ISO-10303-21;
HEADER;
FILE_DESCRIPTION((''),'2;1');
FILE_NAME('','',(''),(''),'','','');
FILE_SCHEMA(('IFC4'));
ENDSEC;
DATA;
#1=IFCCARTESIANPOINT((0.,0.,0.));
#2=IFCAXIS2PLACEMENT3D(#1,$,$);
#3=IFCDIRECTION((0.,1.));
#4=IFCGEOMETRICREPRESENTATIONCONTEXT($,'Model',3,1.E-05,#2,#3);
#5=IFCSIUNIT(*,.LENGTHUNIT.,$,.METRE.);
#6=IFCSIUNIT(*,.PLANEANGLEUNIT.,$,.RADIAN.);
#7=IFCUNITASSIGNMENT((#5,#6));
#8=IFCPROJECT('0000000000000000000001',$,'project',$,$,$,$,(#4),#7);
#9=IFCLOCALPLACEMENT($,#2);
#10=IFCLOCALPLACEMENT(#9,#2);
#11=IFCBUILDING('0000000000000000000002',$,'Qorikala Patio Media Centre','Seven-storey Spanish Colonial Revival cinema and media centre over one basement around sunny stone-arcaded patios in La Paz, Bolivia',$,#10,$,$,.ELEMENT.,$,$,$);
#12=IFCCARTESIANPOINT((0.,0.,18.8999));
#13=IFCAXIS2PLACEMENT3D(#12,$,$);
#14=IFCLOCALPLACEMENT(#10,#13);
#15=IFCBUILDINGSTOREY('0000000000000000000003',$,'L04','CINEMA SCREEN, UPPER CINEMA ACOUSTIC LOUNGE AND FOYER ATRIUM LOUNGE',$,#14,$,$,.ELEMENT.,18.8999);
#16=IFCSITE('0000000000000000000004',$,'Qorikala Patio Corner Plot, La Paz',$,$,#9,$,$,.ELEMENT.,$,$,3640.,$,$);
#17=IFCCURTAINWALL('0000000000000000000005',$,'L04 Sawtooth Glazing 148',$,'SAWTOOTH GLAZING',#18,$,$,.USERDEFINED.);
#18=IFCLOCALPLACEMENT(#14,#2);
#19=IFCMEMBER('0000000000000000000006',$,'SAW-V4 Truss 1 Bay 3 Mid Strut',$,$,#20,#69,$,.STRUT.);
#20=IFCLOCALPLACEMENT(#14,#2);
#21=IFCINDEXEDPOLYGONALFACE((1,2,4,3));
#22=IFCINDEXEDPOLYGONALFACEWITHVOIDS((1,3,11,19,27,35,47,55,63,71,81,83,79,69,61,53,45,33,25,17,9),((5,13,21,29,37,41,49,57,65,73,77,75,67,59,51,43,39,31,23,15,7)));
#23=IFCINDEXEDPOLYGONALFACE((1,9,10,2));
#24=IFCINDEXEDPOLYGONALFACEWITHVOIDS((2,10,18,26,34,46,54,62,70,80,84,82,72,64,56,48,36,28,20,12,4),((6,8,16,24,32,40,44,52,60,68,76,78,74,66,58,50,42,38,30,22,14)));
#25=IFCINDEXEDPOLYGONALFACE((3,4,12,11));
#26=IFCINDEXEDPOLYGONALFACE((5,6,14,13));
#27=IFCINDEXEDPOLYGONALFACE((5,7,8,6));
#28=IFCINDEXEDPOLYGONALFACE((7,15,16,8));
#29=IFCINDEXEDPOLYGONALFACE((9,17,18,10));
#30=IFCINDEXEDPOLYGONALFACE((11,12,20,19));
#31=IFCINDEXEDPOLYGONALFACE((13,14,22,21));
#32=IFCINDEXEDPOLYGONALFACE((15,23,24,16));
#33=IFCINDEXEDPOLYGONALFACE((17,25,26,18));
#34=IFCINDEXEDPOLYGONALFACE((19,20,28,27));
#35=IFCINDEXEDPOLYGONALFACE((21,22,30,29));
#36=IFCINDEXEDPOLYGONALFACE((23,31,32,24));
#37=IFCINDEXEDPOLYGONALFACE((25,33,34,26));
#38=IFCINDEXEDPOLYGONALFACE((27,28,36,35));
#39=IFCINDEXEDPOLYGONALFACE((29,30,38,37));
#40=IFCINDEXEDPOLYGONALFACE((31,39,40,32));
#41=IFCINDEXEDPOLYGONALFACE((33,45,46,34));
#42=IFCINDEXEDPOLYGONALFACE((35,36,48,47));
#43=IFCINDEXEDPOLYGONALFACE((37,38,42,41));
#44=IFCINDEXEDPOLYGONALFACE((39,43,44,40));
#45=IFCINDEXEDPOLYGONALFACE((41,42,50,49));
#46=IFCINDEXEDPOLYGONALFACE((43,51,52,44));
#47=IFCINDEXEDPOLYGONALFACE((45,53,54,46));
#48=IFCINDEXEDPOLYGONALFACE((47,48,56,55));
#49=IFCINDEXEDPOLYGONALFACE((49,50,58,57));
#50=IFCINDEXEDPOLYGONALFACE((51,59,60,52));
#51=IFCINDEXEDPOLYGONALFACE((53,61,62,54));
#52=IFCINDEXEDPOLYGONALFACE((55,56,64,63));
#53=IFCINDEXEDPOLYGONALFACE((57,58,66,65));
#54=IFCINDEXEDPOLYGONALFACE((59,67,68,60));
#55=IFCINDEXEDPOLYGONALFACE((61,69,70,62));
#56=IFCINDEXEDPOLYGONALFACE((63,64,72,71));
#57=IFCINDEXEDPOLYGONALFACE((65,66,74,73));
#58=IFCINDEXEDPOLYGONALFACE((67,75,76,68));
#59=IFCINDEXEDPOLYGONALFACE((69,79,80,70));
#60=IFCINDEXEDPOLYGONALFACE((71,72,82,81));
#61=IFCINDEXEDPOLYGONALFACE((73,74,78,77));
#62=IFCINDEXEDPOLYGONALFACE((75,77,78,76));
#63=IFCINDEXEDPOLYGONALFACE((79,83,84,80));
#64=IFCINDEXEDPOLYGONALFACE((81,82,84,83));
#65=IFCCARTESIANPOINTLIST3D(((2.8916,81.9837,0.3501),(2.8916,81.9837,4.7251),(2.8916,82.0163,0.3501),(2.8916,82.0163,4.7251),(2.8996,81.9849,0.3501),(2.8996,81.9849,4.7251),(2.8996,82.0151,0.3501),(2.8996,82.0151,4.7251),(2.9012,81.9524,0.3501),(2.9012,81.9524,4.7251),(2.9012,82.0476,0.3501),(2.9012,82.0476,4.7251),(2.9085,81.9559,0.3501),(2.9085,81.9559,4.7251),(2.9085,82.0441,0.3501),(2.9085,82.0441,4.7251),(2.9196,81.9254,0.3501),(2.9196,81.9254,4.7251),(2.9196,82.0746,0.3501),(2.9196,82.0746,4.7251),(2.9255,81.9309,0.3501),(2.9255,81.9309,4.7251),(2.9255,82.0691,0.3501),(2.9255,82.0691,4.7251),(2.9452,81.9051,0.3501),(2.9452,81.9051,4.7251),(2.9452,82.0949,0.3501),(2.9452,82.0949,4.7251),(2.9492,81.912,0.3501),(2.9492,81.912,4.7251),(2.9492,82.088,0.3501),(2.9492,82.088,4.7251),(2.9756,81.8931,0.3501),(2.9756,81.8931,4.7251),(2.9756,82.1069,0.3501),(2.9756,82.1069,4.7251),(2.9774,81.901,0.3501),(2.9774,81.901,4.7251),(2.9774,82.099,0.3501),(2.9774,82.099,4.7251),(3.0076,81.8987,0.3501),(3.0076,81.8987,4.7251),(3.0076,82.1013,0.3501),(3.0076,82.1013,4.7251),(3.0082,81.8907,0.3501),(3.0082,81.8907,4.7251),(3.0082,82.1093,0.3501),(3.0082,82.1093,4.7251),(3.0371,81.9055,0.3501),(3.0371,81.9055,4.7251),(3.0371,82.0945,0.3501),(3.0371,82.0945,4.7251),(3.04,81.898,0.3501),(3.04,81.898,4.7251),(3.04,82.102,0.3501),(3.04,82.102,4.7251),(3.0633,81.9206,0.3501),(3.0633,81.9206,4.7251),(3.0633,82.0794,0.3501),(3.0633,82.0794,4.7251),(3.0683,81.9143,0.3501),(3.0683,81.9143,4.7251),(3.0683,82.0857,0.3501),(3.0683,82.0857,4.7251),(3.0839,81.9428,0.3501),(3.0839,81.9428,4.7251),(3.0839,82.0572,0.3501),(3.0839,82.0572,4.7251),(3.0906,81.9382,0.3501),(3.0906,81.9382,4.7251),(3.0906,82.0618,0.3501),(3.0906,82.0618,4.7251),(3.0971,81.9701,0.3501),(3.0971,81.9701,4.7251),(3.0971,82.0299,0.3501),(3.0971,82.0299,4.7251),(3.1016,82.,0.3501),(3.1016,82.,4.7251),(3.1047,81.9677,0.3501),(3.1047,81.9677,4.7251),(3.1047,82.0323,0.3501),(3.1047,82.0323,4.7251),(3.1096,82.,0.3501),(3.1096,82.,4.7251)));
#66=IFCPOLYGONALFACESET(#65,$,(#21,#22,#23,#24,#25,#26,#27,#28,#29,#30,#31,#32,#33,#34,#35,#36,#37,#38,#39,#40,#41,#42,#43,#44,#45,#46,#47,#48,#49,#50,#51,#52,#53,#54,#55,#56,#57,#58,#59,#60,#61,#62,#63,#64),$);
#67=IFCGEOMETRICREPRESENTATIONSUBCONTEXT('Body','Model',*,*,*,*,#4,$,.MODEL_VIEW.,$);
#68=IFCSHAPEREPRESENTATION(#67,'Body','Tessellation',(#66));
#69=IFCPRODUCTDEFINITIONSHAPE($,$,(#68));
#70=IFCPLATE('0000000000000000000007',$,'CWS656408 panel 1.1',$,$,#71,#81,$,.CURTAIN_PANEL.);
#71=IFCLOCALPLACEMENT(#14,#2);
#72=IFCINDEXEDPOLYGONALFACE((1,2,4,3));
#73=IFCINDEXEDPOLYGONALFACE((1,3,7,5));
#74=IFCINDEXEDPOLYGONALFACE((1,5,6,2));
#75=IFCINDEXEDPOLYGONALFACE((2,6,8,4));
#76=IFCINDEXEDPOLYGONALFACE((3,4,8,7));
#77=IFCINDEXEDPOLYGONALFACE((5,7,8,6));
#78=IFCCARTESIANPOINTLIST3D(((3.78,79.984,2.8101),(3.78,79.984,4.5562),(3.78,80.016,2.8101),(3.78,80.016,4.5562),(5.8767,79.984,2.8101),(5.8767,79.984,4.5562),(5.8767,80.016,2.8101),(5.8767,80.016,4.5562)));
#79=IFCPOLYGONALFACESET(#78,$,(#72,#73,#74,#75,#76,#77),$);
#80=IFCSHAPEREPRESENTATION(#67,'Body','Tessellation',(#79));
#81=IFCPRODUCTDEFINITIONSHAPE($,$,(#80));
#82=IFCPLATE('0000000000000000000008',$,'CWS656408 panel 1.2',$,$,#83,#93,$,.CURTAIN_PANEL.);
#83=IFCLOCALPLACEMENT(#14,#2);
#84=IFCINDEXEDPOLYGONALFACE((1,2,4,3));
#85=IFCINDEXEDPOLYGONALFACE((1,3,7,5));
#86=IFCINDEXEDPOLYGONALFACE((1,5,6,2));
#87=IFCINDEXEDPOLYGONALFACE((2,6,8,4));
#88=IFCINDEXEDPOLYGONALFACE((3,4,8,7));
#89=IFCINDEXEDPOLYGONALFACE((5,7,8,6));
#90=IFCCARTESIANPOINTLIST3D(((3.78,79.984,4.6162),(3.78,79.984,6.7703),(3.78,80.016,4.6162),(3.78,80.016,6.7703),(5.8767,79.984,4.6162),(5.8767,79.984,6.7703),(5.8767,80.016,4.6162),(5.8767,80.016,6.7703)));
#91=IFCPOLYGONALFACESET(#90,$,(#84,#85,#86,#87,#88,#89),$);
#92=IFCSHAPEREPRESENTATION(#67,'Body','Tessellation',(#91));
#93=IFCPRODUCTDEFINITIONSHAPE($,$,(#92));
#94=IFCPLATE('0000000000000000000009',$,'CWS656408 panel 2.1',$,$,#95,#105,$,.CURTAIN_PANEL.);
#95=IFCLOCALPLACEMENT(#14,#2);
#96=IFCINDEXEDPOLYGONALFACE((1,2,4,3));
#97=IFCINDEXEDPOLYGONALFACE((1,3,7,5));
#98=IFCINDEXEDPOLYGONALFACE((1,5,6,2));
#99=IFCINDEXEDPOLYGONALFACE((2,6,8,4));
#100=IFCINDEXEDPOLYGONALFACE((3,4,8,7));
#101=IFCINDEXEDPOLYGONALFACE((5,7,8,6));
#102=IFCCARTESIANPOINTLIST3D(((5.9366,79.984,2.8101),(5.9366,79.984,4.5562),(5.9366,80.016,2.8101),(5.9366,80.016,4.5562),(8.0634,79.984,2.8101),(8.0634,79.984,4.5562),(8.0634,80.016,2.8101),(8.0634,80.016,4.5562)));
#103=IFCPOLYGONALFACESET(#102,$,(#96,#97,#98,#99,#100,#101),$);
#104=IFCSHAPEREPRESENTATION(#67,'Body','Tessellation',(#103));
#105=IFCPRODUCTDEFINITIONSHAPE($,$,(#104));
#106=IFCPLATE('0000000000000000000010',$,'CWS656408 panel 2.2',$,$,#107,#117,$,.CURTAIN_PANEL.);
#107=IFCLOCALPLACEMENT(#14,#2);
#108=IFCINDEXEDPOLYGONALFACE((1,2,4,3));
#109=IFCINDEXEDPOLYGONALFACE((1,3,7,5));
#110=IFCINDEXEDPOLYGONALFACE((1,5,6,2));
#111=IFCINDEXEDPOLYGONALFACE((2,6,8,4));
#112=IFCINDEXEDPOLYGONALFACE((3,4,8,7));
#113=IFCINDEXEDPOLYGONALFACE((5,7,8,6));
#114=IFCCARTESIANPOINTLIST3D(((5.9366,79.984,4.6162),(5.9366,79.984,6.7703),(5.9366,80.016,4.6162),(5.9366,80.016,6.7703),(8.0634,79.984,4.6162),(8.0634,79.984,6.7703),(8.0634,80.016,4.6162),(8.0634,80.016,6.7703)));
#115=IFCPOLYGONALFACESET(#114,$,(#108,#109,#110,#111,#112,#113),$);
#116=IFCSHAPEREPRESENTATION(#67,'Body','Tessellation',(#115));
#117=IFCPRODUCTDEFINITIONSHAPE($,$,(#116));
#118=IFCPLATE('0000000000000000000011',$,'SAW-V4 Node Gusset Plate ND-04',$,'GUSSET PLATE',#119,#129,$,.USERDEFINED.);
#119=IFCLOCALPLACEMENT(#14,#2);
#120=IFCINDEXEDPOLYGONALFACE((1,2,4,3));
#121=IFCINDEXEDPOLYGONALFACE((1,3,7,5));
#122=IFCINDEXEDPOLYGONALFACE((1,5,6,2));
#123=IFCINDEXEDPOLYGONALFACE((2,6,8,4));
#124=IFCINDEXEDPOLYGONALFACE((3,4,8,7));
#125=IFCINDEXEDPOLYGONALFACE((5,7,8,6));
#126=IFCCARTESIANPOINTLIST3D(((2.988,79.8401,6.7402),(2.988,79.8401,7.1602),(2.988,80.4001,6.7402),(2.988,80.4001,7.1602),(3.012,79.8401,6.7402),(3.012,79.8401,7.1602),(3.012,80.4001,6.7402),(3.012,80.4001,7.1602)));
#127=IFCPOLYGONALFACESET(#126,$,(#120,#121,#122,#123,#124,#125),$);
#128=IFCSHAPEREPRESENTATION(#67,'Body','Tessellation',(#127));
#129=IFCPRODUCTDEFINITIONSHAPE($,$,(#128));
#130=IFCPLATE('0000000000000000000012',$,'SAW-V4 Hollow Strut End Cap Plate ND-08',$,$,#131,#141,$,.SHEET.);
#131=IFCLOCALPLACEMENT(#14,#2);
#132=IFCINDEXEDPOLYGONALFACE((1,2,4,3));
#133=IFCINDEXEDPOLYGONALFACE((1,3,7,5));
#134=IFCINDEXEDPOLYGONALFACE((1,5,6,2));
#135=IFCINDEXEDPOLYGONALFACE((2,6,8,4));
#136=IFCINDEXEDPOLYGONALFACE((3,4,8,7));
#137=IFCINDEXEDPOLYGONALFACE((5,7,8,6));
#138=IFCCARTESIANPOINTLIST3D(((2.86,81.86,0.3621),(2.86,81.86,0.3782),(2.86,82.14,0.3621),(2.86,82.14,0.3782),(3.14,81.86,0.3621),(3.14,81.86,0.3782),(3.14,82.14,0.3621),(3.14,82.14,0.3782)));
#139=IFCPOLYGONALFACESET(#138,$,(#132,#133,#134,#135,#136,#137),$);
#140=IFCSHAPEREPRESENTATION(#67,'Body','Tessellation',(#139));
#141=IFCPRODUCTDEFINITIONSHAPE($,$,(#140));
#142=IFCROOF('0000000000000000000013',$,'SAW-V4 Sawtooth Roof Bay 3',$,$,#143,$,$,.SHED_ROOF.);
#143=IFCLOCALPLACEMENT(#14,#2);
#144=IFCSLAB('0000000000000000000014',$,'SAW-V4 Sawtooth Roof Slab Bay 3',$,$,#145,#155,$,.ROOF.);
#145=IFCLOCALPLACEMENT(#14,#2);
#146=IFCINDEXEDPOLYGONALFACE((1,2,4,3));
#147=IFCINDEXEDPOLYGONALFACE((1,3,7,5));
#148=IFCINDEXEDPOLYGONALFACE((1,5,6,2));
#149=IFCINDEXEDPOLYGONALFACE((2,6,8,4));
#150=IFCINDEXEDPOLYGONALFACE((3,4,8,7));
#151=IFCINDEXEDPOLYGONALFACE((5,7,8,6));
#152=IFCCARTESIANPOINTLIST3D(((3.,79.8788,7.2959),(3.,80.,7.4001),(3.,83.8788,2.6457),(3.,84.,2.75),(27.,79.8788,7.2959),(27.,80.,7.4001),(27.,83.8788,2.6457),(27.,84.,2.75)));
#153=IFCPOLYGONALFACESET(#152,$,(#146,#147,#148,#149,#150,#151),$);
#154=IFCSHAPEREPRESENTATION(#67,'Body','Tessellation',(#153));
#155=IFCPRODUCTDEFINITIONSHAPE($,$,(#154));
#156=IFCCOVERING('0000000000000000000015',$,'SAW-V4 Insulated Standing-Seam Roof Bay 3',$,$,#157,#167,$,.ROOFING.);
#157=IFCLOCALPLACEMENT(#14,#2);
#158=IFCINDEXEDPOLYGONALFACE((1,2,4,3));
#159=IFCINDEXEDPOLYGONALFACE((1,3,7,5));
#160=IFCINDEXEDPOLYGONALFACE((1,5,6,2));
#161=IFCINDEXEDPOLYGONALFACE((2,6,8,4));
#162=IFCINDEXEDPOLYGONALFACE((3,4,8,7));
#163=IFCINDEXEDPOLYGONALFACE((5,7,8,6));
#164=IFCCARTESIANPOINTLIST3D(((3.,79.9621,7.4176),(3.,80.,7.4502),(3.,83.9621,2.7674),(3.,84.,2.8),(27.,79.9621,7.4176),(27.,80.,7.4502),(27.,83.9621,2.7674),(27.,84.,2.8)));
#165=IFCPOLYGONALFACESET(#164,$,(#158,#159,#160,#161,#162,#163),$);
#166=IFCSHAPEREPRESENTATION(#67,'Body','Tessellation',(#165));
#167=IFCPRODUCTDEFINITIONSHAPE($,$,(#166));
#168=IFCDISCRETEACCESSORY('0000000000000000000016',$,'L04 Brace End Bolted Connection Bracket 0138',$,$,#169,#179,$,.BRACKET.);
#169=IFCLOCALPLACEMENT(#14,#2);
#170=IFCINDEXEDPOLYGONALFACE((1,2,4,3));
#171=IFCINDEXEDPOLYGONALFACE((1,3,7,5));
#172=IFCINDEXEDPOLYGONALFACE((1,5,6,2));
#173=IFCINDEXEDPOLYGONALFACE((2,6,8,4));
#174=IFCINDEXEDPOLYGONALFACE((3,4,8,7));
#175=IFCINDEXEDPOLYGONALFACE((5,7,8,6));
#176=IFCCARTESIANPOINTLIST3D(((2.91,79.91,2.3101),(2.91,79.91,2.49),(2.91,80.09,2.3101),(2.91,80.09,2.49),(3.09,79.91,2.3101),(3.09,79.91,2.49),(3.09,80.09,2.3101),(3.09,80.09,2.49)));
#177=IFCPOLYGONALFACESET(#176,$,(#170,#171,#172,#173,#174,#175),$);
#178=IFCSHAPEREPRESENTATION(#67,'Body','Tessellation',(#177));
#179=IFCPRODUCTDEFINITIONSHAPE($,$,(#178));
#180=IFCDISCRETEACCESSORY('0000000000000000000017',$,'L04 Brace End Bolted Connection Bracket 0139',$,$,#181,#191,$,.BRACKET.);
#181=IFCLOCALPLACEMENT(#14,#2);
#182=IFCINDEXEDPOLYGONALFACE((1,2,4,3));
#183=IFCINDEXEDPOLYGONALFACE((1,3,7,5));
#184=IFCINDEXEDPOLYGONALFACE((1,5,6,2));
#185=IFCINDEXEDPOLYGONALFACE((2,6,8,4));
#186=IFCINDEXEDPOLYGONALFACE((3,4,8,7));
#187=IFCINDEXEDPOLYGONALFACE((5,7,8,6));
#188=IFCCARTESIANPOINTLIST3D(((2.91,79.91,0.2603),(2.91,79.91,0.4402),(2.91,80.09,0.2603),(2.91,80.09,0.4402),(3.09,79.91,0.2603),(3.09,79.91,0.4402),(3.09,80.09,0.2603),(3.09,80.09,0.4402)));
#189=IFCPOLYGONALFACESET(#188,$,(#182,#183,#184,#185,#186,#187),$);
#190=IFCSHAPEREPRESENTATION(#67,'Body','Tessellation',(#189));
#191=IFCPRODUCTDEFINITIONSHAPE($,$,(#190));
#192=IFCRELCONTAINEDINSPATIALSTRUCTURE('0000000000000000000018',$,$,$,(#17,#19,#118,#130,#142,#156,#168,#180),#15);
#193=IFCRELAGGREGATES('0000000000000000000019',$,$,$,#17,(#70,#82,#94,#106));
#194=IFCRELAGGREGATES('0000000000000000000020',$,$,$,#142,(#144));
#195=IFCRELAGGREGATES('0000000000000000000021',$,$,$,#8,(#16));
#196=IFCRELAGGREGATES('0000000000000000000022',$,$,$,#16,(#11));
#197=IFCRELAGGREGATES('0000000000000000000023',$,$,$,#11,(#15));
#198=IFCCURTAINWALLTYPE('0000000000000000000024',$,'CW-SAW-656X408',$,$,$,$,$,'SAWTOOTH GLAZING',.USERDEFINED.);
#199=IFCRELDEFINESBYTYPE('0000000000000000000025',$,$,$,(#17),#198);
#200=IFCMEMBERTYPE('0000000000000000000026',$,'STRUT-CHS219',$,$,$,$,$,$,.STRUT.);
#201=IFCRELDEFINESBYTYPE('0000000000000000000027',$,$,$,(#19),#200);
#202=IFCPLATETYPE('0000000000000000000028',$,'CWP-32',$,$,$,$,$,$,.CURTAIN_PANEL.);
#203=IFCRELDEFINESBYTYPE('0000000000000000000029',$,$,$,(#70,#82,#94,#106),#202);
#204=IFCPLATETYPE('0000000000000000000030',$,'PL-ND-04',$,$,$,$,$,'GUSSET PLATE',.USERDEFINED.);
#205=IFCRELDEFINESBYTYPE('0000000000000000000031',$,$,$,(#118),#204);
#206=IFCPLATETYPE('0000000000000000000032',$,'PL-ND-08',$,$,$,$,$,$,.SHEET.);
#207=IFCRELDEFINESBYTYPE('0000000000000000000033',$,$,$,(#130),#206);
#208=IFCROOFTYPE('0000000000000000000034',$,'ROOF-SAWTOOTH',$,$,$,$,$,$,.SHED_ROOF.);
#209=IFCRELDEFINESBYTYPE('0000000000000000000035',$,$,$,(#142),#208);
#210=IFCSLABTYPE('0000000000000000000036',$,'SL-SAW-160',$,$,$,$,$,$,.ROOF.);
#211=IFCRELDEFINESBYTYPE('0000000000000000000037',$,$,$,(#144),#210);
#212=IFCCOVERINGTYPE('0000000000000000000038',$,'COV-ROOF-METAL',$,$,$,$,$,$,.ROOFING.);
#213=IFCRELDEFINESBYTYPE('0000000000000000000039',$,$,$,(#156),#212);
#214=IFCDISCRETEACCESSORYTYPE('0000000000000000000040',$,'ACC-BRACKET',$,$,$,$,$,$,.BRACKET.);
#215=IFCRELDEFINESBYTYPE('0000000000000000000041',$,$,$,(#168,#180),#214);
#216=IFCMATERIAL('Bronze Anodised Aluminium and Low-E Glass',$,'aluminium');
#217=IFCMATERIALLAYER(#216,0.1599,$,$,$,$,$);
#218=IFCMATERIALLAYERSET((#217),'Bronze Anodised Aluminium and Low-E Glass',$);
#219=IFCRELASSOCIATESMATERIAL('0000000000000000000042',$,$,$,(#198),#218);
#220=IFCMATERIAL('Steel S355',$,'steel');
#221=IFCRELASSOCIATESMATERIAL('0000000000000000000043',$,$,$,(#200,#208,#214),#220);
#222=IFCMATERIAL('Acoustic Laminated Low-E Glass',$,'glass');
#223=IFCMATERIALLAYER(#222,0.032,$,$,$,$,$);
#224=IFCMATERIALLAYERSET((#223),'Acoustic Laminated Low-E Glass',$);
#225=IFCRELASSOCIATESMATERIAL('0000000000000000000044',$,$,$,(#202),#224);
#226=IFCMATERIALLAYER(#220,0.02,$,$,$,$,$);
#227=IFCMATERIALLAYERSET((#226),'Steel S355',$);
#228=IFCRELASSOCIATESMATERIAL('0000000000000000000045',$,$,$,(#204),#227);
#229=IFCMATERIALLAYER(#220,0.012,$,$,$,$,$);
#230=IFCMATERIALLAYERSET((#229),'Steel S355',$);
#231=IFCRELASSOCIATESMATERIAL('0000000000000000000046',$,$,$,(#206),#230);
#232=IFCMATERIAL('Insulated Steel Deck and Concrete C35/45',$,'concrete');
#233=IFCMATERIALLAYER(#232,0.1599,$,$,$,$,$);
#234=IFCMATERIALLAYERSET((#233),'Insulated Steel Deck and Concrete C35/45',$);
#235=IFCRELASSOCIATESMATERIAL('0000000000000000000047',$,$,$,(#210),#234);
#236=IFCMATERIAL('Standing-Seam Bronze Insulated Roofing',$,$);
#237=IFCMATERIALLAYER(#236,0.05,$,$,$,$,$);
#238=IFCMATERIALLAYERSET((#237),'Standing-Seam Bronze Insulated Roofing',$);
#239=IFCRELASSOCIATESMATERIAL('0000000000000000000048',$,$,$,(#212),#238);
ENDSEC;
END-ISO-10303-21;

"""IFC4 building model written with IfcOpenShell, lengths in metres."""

from ifc_helpers import new_model, si_unit, direction, frame, origin, origin_2d, place, context, subcontext, project, spatial, polyline, rectangle, hollow_circle, outline, extrude, material, layer, layer_set, material_profile, profile_set, type_object, element, aggregate, save


model = new_model("IFC4")

# Units and contexts
model_context = context("Model", 3, precision=1e-05, world=origin(), true_north=direction((0.0, 1.0)))
body_context = subcontext(model_context, "Body", "Model", "MODEL_VIEW")
ifc_project = project(units=[si_unit("LENGTHUNIT", "METRE"), si_unit("PLANEANGLEUNIT", "RADIAN")], contexts=[model_context])

# Site, building, storey
site_placement = place(None, origin())
site = spatial("IfcSite", under=ifc_project, at=site_placement, Name="Qorikala Patio Corner Plot, La Paz", CompositionType="ELEMENT", RefElevation=3640.0)
building_placement = place(site_placement, origin())
building = spatial("IfcBuilding", under=site, at=building_placement, Name="Qorikala Patio Media Centre", Description="Seven-storey Spanish Colonial Revival cinema and media centre over one basement around sunny stone-arcaded patios in La Paz, Bolivia", CompositionType="ELEMENT")
storey_placement = place(building_placement, frame((0.0, 0.0, 18.8999)))
storey = spatial("IfcBuildingStorey", under=building, at=storey_placement, Name="L04", Description="CINEMA SCREEN, UPPER CINEMA ACOUSTIC LOUNGE AND FOYER ATRIUM LOUNGE", CompositionType="ELEMENT", Elevation=18.8999)

# Shared definitions
ifc_material_1 = material(Name="Steel S355", Category="steel")

# Curtain wall
ifc_material_2 = material(Name="Bronze Anodised Aluminium and Low-E Glass", Category="aluminium")
ifc_layer_1 = layer(ifc_material_2, 0.1599)
ifc_layer_set_1 = layer_set([ifc_layer_1], Name="Bronze Anodised Aluminium and Low-E Glass")
curtain_wall_type = type_object("IfcCurtainWallType", Name="CW-SAW-656X408", ElementType="SAWTOOTH GLAZING", PredefinedType="USERDEFINED", material=ifc_layer_set_1)
curtain_wall_placement = place(storey_placement, origin())
curtain_wall = element("IfcCurtainWall", 1, at=curtain_wall_placement, inside=storey, type_object=curtain_wall_type, Name="L04 Sawtooth Glazing 148", ObjectType="SAWTOOTH GLAZING", PredefinedType="USERDEFINED")

# Member
ifc_material_profile_1 = material_profile(ifc_material_1, hollow_circle(Radius=0.1096, WallThickness=0.0081, at=origin_2d()), Name="CHS219X8")
ifc_profile_set_1 = profile_set([ifc_material_profile_1], Name="Steel S355")
member_type_1 = type_object("IfcMemberType", Name="STRUT-CHS219", PredefinedType="STRUT", material=ifc_profile_set_1)
member_1_placement = place(storey_placement, frame((3.0, 82.0, 0.3501), z_axis=(0.0, 0.0, 1.0), x_axis=(1.0, 0.0, 0.0)))
element("IfcMember", 2, at=member_1_placement, inside=storey, type_object=member_type_1, Name="SAW-V4 Truss 1 Bay 3 Mid Strut", PredefinedType="STRUT", context=body_context, shape_type="SweptSolid", body=[
    extrude(hollow_circle(Radius=0.1096, WallThickness=0.0081, at=origin_2d()), origin(), (0.0, 0.0, 1.0), 4.375),
])

# Plates
ifc_material_3 = material(Name="Acoustic Laminated Low-E Glass", Category="glass")
ifc_layer_2 = layer(ifc_material_3, 0.032)
ifc_layer_set_2 = layer_set([ifc_layer_2], Name="Acoustic Laminated Low-E Glass")
plate_type_1 = type_object("IfcPlateType", Name="CWP-32", PredefinedType="CURTAIN_PANEL", material=ifc_layer_set_2)
plate_1_placement = place(storey_placement, frame((4.8284, 80.0, 2.8101), z_axis=(0.0, 0.0, 1.0), x_axis=(1.0, 0.0, 0.0)))
plate_1 = element("IfcPlate", 3, at=plate_1_placement, type_object=plate_type_1, Name="CWS656408 panel 1.1", PredefinedType="CURTAIN_PANEL", context=body_context, shape_type="SweptSolid", body=[
    extrude(rectangle(XDim=2.0967, YDim=0.032, at=origin_2d()), origin(), (0.0, 0.0, 1.0), 1.7461),
])
plate_2_placement = place(storey_placement, frame((4.8284, 80.0, 4.6162), z_axis=(0.0, 0.0, 1.0), x_axis=(1.0, 0.0, 0.0)))
plate_2 = element("IfcPlate", 4, at=plate_2_placement, type_object=plate_type_1, Name="CWS656408 panel 1.2", PredefinedType="CURTAIN_PANEL", context=body_context, shape_type="SweptSolid", body=[
    extrude(rectangle(XDim=2.0967, YDim=0.032, at=origin_2d()), origin(), (0.0, 0.0, 1.0), 2.1541),
])
plate_3_placement = place(storey_placement, frame((7.0, 80.0, 2.8101), z_axis=(0.0, 0.0, 1.0), x_axis=(1.0, 0.0, 0.0)))
plate_3 = element("IfcPlate", 5, at=plate_3_placement, type_object=plate_type_1, Name="CWS656408 panel 2.1", PredefinedType="CURTAIN_PANEL", context=body_context, shape_type="SweptSolid", body=[
    extrude(rectangle(XDim=2.1267, YDim=0.032, at=origin_2d()), origin(), (0.0, 0.0, 1.0), 1.7461),
])
plate_4_placement = place(storey_placement, frame((7.0, 80.0, 4.6162), z_axis=(0.0, 0.0, 1.0), x_axis=(1.0, 0.0, 0.0)))
plate_4 = element("IfcPlate", 6, at=plate_4_placement, type_object=plate_type_1, Name="CWS656408 panel 2.2", PredefinedType="CURTAIN_PANEL", context=body_context, shape_type="SweptSolid", body=[
    extrude(rectangle(XDim=2.1267, YDim=0.032, at=origin_2d()), origin(), (0.0, 0.0, 1.0), 2.1541),
])
aggregate(curtain_wall, [plate_1, plate_2, plate_3, plate_4])

# Plates
ifc_layer_3 = layer(ifc_material_1, 0.02)
ifc_layer_set_3 = layer_set([ifc_layer_3], Name="Steel S355")
plate_type_2 = type_object("IfcPlateType", Name="PL-ND-04", ElementType="GUSSET PLATE", PredefinedType="USERDEFINED", material=ifc_layer_set_3)
plate_5_placement = place(storey_placement, frame((3.0, 80.1201, 6.7402), z_axis=(0.0, 0.0, 1.0), x_axis=(1.0, 0.0, 0.0)))
element("IfcPlate", 7, at=plate_5_placement, inside=storey, type_object=plate_type_2, Name="SAW-V4 Node Gusset Plate ND-04", ObjectType="GUSSET PLATE", PredefinedType="USERDEFINED", context=body_context, shape_type="SweptSolid", body=[
    extrude(rectangle(XDim=0.0239, YDim=0.5601, at=origin_2d()), origin(), (0.0, 0.0, 1.0), 0.4199),
])
ifc_layer_4 = layer(ifc_material_1, 0.012)
ifc_layer_set_4 = layer_set([ifc_layer_4], Name="Steel S355")
plate_type_3 = type_object("IfcPlateType", Name="PL-ND-08", PredefinedType="SHEET", material=ifc_layer_set_4)
plate_6_placement = place(storey_placement, frame((3.0, 82.0, 0.3621), z_axis=(0.0, 0.0, 1.0), x_axis=(1.0, 0.0, 0.0)))
element("IfcPlate", 8, at=plate_6_placement, inside=storey, type_object=plate_type_3, Name="SAW-V4 Hollow Strut End Cap Plate ND-08", PredefinedType="SHEET", context=body_context, shape_type="SweptSolid", body=[
    extrude(rectangle(XDim=0.28, YDim=0.28, at=origin_2d()), origin(), (0.0, 0.0, 1.0), 0.0161),
])

# Roof, slab
roof_type = type_object("IfcRoofType", Name="ROOF-SAWTOOTH", PredefinedType="SHED_ROOF", material=ifc_material_1)
roof_placement = place(storey_placement, origin())
roof = element("IfcRoof", 9, at=roof_placement, inside=storey, type_object=roof_type, Name="SAW-V4 Sawtooth Roof Bay 3", PredefinedType="SHED_ROOF")
ifc_material_4 = material(Name="Insulated Steel Deck and Concrete C35/45", Category="concrete")
ifc_layer_5 = layer(ifc_material_4, 0.1599)
ifc_layer_set_5 = layer_set([ifc_layer_5], Name="Insulated Steel Deck and Concrete C35/45")
slab_type = type_object("IfcSlabType", Name="SL-SAW-160", PredefinedType="ROOF", material=ifc_layer_set_5)
slab_placement = place(storey_placement, frame((3.0, 80.0, 7.4001), z_axis=(0.0, 0.758115, 0.652121), x_axis=(1.0, 0.0, 0.0)))
slab = element("IfcSlab", 10, at=slab_placement, type_object=slab_type, Name="SAW-V4 Sawtooth Roof Slab Bay 3", PredefinedType="ROOF", context=body_context, shape_type="SweptSolid", body=[
    extrude(outline(polyline([(0.0, 0.0), (24.0, 0.0), (24.0, 6.1338), (0.0, 6.1338), (0.0, 0.0)])), origin(), (0.0, 0.0, -1.0), 0.1599),
])
aggregate(roof, [slab])

# Covering
ifc_material_5 = material(Name="Standing-Seam Bronze Insulated Roofing")
ifc_layer_6 = layer(ifc_material_5, 0.05)
ifc_layer_set_6 = layer_set([ifc_layer_6], Name="Standing-Seam Bronze Insulated Roofing")
covering_type = type_object("IfcCoveringType", Name="COV-ROOF-METAL", PredefinedType="ROOFING", material=ifc_layer_set_6)
covering_placement = place(storey_placement, frame((3.0, 80.0, 7.4502), z_axis=(0.0, 0.758115, 0.652121), x_axis=(1.0, 0.0, 0.0)))
element("IfcCovering", 11, at=covering_placement, inside=storey, type_object=covering_type, Name="SAW-V4 Insulated Standing-Seam Roof Bay 3", PredefinedType="ROOFING", context=body_context, shape_type="SweptSolid", body=[
    extrude(outline(polyline([(0.0, 0.0), (24.0, 0.0), (24.0, 6.1338), (0.0, 6.1338), (0.0, 0.0)])), origin(), (0.0, 0.0, -1.0), 0.05),
])

# Discrete accessories
discrete_accessory_type = type_object("IfcDiscreteAccessoryType", Name="ACC-BRACKET", PredefinedType="BRACKET", material=ifc_material_1)
for number, where, z_axis, x_axis, name in (
    (12, (3.0, 80.0, 2.3101), (0.0, 0.0, 1.0), (1.0, 0.0, 0.0), "L04 Brace End Bolted Connection Bracket 0138"),
    (13, (3.0, 80.0, 0.2603), (0.0, 0.0, 1.0), (1.0, 0.0, 0.0), "L04 Brace End Bolted Connection Bracket 0139"),
):
    element("IfcDiscreteAccessory", number, at=place(storey_placement, frame(where, z_axis=z_axis, x_axis=x_axis)), inside=storey, type_object=discrete_accessory_type, Name=name, PredefinedType="BRACKET", context=body_context, shape_type="SweptSolid", body=[
        extrude(rectangle(XDim=0.1799, YDim=0.1799, at=origin_2d()), origin(), (0.0, 0.0, 1.0), 0.1799),
    ])

save(model, "model.ifc")
